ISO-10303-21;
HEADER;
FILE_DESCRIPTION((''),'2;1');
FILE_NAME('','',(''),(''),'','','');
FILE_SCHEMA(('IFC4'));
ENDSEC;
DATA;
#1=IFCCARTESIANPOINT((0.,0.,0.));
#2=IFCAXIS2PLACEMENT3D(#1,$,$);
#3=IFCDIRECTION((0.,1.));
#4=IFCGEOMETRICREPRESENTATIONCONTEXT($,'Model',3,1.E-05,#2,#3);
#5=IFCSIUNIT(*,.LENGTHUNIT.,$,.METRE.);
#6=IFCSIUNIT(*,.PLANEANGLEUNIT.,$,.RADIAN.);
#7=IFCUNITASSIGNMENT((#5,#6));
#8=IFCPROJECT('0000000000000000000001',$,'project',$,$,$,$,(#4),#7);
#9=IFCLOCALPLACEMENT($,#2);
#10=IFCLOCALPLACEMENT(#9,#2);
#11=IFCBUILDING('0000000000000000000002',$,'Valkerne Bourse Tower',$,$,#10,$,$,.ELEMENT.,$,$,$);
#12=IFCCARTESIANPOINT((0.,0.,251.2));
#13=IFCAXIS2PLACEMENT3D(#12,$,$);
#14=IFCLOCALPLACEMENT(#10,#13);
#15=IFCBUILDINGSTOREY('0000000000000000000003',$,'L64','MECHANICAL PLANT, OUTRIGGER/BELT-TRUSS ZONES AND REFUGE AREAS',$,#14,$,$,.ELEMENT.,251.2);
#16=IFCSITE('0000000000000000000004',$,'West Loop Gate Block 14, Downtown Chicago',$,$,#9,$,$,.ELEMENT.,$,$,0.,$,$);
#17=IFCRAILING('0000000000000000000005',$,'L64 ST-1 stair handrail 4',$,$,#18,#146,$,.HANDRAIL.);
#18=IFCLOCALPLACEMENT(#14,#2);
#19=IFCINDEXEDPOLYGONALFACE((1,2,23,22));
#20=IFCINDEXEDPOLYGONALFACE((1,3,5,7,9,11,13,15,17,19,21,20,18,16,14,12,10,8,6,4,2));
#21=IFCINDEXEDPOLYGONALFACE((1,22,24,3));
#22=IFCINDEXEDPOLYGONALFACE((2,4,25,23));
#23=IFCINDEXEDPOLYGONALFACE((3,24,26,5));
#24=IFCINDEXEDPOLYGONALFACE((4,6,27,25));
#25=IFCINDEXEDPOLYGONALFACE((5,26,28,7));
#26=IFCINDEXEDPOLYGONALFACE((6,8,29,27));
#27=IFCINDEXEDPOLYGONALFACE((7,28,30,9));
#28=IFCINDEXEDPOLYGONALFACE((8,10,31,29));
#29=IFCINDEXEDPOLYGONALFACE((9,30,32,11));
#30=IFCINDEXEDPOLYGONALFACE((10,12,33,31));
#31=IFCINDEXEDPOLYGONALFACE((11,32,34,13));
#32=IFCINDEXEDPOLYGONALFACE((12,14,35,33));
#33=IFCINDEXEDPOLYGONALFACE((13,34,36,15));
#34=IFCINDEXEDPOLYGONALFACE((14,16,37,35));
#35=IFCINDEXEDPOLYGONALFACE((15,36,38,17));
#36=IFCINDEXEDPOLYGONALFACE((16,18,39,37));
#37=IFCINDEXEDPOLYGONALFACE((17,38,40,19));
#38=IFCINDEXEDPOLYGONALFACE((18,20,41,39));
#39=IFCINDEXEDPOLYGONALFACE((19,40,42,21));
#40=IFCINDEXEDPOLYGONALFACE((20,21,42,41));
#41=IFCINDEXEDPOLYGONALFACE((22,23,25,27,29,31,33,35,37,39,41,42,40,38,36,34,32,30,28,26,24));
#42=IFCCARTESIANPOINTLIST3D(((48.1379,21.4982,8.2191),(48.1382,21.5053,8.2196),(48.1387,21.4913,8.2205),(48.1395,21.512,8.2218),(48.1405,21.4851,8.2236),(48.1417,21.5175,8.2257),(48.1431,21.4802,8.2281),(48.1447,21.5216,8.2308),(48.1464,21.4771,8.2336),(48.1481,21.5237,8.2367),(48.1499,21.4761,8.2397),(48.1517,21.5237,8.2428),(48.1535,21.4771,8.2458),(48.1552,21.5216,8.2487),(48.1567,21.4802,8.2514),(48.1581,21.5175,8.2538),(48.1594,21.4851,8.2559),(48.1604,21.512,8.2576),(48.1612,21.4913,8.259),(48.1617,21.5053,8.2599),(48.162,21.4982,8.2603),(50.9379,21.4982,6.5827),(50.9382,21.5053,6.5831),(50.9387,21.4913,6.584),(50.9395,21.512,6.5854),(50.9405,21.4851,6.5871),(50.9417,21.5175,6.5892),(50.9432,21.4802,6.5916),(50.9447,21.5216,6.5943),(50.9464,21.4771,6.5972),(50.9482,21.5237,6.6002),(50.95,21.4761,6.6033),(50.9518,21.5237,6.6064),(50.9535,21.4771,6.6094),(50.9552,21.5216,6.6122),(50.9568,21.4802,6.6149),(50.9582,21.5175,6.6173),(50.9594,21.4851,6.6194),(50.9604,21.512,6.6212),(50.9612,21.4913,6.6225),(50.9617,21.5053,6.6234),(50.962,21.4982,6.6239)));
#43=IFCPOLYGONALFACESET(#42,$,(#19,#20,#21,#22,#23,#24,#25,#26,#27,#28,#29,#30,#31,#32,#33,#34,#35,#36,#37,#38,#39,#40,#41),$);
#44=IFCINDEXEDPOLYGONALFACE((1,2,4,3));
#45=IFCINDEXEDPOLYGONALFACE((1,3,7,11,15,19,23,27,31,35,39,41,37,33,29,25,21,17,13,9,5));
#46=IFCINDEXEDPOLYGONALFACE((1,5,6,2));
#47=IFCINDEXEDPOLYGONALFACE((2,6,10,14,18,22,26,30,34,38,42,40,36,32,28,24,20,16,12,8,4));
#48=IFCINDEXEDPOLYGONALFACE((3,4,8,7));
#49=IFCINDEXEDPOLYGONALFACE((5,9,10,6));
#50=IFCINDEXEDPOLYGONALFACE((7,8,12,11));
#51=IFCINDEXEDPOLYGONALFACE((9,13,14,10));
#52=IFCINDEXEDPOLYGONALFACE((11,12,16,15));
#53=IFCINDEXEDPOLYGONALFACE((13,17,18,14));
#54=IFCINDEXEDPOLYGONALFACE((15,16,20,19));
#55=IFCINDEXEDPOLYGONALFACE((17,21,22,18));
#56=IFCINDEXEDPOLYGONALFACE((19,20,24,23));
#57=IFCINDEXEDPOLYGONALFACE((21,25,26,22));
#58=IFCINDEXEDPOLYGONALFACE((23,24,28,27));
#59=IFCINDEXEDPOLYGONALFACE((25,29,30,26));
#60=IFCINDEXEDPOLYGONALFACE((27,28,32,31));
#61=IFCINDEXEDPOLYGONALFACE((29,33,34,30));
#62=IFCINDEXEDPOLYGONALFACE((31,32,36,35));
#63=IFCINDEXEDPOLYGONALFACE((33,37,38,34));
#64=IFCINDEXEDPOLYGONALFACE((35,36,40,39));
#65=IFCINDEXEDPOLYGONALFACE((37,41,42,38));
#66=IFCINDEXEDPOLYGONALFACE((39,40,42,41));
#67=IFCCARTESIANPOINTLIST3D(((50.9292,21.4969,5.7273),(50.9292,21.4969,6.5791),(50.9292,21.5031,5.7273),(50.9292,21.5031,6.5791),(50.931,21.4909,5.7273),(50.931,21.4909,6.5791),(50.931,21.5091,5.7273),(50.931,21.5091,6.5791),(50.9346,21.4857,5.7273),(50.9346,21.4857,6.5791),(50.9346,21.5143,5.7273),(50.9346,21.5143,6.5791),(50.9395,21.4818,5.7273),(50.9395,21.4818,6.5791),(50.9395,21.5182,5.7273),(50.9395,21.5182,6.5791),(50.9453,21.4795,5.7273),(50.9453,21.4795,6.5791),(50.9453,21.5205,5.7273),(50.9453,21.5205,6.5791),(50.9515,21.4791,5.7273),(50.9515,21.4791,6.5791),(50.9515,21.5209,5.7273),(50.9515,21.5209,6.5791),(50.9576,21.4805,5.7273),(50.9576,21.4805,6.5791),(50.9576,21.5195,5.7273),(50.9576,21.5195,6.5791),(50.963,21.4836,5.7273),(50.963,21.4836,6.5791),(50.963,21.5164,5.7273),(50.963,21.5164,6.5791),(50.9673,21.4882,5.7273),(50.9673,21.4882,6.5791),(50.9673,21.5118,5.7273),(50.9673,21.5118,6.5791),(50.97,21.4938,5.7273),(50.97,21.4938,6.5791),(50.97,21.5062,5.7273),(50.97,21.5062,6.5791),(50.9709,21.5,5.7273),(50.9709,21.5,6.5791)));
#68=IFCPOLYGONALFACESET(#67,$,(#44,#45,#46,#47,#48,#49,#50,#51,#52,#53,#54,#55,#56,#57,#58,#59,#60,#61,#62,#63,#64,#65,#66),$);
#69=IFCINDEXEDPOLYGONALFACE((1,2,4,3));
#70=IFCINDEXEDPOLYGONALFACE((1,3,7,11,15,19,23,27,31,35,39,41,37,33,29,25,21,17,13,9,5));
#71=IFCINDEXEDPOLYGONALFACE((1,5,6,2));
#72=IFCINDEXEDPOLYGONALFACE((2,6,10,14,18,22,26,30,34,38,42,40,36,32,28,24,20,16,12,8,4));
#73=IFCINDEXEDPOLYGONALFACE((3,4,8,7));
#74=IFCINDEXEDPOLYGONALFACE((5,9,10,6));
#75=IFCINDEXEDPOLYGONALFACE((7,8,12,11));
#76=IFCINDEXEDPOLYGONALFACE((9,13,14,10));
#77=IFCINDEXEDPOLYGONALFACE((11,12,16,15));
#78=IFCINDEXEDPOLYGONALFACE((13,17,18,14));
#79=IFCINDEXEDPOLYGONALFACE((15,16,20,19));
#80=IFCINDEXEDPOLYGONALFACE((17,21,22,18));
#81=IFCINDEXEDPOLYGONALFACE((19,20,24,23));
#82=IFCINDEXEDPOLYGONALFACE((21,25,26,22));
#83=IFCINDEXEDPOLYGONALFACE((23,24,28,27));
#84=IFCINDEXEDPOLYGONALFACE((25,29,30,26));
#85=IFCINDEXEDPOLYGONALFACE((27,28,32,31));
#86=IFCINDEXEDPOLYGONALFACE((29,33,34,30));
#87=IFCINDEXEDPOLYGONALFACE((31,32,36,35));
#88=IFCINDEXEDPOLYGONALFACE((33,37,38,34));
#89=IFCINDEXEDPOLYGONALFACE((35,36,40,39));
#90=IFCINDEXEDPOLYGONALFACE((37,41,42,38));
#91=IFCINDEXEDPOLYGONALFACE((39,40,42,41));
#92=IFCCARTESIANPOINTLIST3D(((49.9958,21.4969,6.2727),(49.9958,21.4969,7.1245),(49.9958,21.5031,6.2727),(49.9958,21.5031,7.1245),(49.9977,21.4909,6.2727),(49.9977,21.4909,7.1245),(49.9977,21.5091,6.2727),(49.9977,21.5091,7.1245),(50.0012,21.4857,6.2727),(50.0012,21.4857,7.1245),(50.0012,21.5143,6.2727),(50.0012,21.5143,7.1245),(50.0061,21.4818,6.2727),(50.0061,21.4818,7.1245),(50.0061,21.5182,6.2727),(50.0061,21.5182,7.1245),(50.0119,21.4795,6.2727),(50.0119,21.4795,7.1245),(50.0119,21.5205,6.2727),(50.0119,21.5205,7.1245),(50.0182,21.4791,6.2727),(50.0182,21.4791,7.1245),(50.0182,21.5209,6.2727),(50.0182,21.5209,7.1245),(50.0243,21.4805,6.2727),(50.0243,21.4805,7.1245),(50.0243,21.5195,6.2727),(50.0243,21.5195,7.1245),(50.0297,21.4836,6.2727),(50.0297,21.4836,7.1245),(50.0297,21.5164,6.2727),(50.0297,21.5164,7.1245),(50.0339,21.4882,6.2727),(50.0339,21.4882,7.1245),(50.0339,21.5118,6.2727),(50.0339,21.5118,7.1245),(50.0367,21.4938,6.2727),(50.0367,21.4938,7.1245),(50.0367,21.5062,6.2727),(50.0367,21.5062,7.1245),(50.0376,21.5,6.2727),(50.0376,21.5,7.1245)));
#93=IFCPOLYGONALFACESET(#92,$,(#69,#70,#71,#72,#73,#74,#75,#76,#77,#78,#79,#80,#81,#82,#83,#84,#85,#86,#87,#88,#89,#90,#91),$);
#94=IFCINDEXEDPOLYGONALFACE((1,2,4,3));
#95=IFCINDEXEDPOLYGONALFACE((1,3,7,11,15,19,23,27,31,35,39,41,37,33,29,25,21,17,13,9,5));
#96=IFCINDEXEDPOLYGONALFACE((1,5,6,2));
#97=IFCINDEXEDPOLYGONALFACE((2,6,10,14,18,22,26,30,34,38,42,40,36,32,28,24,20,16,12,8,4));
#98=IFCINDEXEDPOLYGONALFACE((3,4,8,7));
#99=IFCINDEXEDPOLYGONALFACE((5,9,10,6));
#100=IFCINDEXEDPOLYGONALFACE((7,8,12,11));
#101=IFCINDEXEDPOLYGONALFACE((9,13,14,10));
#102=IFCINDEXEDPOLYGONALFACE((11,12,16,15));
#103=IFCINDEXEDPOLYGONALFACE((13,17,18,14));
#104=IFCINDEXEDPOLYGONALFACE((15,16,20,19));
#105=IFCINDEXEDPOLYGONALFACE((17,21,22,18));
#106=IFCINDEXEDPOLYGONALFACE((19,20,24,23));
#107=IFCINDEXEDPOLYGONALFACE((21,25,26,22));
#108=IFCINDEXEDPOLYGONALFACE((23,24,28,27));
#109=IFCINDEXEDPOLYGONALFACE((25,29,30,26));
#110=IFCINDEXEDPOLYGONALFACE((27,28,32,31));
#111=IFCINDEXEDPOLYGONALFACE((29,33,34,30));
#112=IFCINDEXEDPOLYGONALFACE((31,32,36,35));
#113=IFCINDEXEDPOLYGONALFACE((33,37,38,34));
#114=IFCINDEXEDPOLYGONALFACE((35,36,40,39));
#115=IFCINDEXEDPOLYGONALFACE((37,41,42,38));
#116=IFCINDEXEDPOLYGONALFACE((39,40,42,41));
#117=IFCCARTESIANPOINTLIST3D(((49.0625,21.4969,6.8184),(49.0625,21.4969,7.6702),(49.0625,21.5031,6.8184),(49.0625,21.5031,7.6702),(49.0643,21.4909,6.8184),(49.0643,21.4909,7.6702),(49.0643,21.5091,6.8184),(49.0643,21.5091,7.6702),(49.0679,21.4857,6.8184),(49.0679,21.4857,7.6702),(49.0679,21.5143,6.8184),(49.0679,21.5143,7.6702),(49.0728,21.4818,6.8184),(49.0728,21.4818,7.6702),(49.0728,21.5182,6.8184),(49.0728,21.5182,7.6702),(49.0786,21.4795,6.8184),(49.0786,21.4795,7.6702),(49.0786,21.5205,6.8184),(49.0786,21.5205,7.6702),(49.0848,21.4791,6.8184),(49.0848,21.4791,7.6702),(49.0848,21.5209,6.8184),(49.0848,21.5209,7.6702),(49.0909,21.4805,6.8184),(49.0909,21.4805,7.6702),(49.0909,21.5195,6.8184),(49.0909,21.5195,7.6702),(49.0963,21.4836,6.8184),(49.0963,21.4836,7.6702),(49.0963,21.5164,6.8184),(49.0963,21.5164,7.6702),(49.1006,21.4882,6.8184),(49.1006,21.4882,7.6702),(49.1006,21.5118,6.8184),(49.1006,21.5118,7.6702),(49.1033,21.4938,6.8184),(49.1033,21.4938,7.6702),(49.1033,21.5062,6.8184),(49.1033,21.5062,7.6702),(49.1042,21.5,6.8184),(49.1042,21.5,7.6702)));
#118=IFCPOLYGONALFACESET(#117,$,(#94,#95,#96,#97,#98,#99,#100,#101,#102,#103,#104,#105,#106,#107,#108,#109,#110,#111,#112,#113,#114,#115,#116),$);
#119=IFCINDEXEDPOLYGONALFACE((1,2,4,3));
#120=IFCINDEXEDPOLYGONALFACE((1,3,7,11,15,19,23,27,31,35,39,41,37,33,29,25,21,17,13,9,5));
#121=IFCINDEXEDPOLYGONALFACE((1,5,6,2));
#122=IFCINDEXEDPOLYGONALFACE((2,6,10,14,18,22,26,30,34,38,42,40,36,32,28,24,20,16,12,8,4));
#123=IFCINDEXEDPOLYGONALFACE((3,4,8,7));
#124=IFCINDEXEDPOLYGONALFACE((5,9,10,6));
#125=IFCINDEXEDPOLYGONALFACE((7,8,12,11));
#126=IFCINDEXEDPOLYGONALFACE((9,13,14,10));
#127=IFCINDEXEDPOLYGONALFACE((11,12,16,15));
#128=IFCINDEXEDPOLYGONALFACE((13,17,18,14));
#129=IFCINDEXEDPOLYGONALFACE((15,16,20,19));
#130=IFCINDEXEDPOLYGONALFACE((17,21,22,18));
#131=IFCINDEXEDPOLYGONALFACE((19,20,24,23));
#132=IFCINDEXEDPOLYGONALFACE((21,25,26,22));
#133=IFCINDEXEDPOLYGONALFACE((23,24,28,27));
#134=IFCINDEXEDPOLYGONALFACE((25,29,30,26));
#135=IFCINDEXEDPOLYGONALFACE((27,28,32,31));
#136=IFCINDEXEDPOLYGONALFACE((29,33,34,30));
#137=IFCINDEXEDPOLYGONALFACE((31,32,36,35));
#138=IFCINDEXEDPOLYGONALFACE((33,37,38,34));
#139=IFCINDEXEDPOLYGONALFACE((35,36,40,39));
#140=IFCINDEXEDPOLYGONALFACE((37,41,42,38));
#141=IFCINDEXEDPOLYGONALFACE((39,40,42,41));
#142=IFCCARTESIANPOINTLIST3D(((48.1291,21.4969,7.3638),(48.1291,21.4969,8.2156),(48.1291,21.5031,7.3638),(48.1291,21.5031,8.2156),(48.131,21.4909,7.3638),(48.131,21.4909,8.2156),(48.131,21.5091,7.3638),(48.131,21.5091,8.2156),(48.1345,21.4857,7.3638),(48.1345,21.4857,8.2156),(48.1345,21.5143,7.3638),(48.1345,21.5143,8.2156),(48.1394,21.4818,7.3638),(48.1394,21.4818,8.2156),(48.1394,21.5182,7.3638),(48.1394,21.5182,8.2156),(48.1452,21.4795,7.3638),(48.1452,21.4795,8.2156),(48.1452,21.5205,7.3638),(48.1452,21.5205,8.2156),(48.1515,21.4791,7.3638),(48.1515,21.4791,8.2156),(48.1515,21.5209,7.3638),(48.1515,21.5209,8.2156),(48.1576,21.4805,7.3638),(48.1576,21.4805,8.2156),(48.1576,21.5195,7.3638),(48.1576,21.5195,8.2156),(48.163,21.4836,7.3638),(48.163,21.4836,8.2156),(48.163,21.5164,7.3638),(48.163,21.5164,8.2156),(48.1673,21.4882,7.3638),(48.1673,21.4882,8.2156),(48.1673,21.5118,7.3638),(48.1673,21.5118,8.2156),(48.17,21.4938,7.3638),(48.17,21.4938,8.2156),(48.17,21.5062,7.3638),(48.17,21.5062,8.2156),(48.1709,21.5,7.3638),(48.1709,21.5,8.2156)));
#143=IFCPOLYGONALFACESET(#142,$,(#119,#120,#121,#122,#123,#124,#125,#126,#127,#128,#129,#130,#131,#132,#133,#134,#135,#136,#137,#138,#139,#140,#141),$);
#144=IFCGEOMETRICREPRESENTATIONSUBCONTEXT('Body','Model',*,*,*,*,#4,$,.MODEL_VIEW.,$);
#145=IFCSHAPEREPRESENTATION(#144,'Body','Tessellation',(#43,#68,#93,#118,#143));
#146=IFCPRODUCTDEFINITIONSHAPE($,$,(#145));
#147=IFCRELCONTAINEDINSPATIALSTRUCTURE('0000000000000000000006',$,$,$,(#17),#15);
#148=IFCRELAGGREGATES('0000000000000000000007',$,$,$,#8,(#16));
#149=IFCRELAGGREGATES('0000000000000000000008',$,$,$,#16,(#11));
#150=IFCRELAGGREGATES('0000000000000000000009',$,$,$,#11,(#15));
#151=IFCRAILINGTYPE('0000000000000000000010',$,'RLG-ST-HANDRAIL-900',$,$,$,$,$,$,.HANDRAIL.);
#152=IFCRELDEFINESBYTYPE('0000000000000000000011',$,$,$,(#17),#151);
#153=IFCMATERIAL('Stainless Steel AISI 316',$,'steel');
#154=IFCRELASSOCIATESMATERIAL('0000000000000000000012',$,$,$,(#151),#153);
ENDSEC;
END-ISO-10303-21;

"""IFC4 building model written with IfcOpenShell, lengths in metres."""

from ifc_helpers import new_model, si_unit, direction, frame, origin, origin_2d, place, context, subcontext, project, spatial, circle, extrude, material, type_object, element, save


model = new_model("IFC4")

# Units and contexts
model_context = context("Model", 3, precision=1e-05, world=origin(), true_north=direction((0.0, 1.0)))
body_context = subcontext(model_context, "Body", "Model", "MODEL_VIEW")
ifc_project = project(units=[si_unit("LENGTHUNIT", "METRE"), si_unit("PLANEANGLEUNIT", "RADIAN")], contexts=[model_context])

# Site, building, storey
site_placement = place(None, origin())
site = spatial("IfcSite", under=ifc_project, at=site_placement, Name="West Loop Gate Block 14, Downtown Chicago", CompositionType="ELEMENT", RefElevation=0.0)
building_placement = place(site_placement, origin())
building = spatial("IfcBuilding", under=site, at=building_placement, Name="Valkerne Bourse Tower", CompositionType="ELEMENT")
storey_placement = place(building_placement, frame((0.0, 0.0, 251.2)))
storey = spatial("IfcBuildingStorey", under=building, at=storey_placement, Name="L64", Description="MECHANICAL PLANT, OUTRIGGER/BELT-TRUSS ZONES AND REFUGE AREAS", CompositionType="ELEMENT", Elevation=251.2)

# Shared definitions
ifc_material_1 = material(Name="Stainless Steel AISI 316", Category="steel")

# Railing
railing_type_1 = type_object("IfcRailingType", Name="RLG-ST-HANDRAIL-900", PredefinedType="HANDRAIL", material=ifc_material_1)
railing_1_placement = place(storey_placement, frame((50.95, 21.5, 5.7273)))
element("IfcRailing", 1, at=railing_1_placement, inside=storey, type_object=railing_type_1, Name="L64 ST-1 stair handrail 4", PredefinedType="HANDRAIL", context=body_context, shape_type="SweptSolid", body=[
    extrude(circle(Radius=0.0239, at=origin_2d()), frame((0.0, 0.0, 0.876), z_axis=(-0.863361, 0.0, 0.504587), x_axis=(0.0, -1.0, 0.0)), (0.0, 0.0, 1.0), 3.2432),
    extrude(circle(Radius=0.021, at=origin_2d()), origin(), (0.0, 0.0, 1.0), 0.8518),
    extrude(circle(Radius=0.021, at=origin_2d()), frame((-0.9333, 0.0, 0.5454)), (0.0, 0.0, 1.0), 0.8518),
    extrude(circle(Radius=0.021, at=origin_2d()), frame((-1.8667, 0.0, 1.0911)), (0.0, 0.0, 1.0), 0.8518),
    extrude(circle(Radius=0.021, at=origin_2d()), frame((-2.8, 0.0, 1.6365)), (0.0, 0.0, 1.0), 0.8518),
])

save(model, "model.ifc")
